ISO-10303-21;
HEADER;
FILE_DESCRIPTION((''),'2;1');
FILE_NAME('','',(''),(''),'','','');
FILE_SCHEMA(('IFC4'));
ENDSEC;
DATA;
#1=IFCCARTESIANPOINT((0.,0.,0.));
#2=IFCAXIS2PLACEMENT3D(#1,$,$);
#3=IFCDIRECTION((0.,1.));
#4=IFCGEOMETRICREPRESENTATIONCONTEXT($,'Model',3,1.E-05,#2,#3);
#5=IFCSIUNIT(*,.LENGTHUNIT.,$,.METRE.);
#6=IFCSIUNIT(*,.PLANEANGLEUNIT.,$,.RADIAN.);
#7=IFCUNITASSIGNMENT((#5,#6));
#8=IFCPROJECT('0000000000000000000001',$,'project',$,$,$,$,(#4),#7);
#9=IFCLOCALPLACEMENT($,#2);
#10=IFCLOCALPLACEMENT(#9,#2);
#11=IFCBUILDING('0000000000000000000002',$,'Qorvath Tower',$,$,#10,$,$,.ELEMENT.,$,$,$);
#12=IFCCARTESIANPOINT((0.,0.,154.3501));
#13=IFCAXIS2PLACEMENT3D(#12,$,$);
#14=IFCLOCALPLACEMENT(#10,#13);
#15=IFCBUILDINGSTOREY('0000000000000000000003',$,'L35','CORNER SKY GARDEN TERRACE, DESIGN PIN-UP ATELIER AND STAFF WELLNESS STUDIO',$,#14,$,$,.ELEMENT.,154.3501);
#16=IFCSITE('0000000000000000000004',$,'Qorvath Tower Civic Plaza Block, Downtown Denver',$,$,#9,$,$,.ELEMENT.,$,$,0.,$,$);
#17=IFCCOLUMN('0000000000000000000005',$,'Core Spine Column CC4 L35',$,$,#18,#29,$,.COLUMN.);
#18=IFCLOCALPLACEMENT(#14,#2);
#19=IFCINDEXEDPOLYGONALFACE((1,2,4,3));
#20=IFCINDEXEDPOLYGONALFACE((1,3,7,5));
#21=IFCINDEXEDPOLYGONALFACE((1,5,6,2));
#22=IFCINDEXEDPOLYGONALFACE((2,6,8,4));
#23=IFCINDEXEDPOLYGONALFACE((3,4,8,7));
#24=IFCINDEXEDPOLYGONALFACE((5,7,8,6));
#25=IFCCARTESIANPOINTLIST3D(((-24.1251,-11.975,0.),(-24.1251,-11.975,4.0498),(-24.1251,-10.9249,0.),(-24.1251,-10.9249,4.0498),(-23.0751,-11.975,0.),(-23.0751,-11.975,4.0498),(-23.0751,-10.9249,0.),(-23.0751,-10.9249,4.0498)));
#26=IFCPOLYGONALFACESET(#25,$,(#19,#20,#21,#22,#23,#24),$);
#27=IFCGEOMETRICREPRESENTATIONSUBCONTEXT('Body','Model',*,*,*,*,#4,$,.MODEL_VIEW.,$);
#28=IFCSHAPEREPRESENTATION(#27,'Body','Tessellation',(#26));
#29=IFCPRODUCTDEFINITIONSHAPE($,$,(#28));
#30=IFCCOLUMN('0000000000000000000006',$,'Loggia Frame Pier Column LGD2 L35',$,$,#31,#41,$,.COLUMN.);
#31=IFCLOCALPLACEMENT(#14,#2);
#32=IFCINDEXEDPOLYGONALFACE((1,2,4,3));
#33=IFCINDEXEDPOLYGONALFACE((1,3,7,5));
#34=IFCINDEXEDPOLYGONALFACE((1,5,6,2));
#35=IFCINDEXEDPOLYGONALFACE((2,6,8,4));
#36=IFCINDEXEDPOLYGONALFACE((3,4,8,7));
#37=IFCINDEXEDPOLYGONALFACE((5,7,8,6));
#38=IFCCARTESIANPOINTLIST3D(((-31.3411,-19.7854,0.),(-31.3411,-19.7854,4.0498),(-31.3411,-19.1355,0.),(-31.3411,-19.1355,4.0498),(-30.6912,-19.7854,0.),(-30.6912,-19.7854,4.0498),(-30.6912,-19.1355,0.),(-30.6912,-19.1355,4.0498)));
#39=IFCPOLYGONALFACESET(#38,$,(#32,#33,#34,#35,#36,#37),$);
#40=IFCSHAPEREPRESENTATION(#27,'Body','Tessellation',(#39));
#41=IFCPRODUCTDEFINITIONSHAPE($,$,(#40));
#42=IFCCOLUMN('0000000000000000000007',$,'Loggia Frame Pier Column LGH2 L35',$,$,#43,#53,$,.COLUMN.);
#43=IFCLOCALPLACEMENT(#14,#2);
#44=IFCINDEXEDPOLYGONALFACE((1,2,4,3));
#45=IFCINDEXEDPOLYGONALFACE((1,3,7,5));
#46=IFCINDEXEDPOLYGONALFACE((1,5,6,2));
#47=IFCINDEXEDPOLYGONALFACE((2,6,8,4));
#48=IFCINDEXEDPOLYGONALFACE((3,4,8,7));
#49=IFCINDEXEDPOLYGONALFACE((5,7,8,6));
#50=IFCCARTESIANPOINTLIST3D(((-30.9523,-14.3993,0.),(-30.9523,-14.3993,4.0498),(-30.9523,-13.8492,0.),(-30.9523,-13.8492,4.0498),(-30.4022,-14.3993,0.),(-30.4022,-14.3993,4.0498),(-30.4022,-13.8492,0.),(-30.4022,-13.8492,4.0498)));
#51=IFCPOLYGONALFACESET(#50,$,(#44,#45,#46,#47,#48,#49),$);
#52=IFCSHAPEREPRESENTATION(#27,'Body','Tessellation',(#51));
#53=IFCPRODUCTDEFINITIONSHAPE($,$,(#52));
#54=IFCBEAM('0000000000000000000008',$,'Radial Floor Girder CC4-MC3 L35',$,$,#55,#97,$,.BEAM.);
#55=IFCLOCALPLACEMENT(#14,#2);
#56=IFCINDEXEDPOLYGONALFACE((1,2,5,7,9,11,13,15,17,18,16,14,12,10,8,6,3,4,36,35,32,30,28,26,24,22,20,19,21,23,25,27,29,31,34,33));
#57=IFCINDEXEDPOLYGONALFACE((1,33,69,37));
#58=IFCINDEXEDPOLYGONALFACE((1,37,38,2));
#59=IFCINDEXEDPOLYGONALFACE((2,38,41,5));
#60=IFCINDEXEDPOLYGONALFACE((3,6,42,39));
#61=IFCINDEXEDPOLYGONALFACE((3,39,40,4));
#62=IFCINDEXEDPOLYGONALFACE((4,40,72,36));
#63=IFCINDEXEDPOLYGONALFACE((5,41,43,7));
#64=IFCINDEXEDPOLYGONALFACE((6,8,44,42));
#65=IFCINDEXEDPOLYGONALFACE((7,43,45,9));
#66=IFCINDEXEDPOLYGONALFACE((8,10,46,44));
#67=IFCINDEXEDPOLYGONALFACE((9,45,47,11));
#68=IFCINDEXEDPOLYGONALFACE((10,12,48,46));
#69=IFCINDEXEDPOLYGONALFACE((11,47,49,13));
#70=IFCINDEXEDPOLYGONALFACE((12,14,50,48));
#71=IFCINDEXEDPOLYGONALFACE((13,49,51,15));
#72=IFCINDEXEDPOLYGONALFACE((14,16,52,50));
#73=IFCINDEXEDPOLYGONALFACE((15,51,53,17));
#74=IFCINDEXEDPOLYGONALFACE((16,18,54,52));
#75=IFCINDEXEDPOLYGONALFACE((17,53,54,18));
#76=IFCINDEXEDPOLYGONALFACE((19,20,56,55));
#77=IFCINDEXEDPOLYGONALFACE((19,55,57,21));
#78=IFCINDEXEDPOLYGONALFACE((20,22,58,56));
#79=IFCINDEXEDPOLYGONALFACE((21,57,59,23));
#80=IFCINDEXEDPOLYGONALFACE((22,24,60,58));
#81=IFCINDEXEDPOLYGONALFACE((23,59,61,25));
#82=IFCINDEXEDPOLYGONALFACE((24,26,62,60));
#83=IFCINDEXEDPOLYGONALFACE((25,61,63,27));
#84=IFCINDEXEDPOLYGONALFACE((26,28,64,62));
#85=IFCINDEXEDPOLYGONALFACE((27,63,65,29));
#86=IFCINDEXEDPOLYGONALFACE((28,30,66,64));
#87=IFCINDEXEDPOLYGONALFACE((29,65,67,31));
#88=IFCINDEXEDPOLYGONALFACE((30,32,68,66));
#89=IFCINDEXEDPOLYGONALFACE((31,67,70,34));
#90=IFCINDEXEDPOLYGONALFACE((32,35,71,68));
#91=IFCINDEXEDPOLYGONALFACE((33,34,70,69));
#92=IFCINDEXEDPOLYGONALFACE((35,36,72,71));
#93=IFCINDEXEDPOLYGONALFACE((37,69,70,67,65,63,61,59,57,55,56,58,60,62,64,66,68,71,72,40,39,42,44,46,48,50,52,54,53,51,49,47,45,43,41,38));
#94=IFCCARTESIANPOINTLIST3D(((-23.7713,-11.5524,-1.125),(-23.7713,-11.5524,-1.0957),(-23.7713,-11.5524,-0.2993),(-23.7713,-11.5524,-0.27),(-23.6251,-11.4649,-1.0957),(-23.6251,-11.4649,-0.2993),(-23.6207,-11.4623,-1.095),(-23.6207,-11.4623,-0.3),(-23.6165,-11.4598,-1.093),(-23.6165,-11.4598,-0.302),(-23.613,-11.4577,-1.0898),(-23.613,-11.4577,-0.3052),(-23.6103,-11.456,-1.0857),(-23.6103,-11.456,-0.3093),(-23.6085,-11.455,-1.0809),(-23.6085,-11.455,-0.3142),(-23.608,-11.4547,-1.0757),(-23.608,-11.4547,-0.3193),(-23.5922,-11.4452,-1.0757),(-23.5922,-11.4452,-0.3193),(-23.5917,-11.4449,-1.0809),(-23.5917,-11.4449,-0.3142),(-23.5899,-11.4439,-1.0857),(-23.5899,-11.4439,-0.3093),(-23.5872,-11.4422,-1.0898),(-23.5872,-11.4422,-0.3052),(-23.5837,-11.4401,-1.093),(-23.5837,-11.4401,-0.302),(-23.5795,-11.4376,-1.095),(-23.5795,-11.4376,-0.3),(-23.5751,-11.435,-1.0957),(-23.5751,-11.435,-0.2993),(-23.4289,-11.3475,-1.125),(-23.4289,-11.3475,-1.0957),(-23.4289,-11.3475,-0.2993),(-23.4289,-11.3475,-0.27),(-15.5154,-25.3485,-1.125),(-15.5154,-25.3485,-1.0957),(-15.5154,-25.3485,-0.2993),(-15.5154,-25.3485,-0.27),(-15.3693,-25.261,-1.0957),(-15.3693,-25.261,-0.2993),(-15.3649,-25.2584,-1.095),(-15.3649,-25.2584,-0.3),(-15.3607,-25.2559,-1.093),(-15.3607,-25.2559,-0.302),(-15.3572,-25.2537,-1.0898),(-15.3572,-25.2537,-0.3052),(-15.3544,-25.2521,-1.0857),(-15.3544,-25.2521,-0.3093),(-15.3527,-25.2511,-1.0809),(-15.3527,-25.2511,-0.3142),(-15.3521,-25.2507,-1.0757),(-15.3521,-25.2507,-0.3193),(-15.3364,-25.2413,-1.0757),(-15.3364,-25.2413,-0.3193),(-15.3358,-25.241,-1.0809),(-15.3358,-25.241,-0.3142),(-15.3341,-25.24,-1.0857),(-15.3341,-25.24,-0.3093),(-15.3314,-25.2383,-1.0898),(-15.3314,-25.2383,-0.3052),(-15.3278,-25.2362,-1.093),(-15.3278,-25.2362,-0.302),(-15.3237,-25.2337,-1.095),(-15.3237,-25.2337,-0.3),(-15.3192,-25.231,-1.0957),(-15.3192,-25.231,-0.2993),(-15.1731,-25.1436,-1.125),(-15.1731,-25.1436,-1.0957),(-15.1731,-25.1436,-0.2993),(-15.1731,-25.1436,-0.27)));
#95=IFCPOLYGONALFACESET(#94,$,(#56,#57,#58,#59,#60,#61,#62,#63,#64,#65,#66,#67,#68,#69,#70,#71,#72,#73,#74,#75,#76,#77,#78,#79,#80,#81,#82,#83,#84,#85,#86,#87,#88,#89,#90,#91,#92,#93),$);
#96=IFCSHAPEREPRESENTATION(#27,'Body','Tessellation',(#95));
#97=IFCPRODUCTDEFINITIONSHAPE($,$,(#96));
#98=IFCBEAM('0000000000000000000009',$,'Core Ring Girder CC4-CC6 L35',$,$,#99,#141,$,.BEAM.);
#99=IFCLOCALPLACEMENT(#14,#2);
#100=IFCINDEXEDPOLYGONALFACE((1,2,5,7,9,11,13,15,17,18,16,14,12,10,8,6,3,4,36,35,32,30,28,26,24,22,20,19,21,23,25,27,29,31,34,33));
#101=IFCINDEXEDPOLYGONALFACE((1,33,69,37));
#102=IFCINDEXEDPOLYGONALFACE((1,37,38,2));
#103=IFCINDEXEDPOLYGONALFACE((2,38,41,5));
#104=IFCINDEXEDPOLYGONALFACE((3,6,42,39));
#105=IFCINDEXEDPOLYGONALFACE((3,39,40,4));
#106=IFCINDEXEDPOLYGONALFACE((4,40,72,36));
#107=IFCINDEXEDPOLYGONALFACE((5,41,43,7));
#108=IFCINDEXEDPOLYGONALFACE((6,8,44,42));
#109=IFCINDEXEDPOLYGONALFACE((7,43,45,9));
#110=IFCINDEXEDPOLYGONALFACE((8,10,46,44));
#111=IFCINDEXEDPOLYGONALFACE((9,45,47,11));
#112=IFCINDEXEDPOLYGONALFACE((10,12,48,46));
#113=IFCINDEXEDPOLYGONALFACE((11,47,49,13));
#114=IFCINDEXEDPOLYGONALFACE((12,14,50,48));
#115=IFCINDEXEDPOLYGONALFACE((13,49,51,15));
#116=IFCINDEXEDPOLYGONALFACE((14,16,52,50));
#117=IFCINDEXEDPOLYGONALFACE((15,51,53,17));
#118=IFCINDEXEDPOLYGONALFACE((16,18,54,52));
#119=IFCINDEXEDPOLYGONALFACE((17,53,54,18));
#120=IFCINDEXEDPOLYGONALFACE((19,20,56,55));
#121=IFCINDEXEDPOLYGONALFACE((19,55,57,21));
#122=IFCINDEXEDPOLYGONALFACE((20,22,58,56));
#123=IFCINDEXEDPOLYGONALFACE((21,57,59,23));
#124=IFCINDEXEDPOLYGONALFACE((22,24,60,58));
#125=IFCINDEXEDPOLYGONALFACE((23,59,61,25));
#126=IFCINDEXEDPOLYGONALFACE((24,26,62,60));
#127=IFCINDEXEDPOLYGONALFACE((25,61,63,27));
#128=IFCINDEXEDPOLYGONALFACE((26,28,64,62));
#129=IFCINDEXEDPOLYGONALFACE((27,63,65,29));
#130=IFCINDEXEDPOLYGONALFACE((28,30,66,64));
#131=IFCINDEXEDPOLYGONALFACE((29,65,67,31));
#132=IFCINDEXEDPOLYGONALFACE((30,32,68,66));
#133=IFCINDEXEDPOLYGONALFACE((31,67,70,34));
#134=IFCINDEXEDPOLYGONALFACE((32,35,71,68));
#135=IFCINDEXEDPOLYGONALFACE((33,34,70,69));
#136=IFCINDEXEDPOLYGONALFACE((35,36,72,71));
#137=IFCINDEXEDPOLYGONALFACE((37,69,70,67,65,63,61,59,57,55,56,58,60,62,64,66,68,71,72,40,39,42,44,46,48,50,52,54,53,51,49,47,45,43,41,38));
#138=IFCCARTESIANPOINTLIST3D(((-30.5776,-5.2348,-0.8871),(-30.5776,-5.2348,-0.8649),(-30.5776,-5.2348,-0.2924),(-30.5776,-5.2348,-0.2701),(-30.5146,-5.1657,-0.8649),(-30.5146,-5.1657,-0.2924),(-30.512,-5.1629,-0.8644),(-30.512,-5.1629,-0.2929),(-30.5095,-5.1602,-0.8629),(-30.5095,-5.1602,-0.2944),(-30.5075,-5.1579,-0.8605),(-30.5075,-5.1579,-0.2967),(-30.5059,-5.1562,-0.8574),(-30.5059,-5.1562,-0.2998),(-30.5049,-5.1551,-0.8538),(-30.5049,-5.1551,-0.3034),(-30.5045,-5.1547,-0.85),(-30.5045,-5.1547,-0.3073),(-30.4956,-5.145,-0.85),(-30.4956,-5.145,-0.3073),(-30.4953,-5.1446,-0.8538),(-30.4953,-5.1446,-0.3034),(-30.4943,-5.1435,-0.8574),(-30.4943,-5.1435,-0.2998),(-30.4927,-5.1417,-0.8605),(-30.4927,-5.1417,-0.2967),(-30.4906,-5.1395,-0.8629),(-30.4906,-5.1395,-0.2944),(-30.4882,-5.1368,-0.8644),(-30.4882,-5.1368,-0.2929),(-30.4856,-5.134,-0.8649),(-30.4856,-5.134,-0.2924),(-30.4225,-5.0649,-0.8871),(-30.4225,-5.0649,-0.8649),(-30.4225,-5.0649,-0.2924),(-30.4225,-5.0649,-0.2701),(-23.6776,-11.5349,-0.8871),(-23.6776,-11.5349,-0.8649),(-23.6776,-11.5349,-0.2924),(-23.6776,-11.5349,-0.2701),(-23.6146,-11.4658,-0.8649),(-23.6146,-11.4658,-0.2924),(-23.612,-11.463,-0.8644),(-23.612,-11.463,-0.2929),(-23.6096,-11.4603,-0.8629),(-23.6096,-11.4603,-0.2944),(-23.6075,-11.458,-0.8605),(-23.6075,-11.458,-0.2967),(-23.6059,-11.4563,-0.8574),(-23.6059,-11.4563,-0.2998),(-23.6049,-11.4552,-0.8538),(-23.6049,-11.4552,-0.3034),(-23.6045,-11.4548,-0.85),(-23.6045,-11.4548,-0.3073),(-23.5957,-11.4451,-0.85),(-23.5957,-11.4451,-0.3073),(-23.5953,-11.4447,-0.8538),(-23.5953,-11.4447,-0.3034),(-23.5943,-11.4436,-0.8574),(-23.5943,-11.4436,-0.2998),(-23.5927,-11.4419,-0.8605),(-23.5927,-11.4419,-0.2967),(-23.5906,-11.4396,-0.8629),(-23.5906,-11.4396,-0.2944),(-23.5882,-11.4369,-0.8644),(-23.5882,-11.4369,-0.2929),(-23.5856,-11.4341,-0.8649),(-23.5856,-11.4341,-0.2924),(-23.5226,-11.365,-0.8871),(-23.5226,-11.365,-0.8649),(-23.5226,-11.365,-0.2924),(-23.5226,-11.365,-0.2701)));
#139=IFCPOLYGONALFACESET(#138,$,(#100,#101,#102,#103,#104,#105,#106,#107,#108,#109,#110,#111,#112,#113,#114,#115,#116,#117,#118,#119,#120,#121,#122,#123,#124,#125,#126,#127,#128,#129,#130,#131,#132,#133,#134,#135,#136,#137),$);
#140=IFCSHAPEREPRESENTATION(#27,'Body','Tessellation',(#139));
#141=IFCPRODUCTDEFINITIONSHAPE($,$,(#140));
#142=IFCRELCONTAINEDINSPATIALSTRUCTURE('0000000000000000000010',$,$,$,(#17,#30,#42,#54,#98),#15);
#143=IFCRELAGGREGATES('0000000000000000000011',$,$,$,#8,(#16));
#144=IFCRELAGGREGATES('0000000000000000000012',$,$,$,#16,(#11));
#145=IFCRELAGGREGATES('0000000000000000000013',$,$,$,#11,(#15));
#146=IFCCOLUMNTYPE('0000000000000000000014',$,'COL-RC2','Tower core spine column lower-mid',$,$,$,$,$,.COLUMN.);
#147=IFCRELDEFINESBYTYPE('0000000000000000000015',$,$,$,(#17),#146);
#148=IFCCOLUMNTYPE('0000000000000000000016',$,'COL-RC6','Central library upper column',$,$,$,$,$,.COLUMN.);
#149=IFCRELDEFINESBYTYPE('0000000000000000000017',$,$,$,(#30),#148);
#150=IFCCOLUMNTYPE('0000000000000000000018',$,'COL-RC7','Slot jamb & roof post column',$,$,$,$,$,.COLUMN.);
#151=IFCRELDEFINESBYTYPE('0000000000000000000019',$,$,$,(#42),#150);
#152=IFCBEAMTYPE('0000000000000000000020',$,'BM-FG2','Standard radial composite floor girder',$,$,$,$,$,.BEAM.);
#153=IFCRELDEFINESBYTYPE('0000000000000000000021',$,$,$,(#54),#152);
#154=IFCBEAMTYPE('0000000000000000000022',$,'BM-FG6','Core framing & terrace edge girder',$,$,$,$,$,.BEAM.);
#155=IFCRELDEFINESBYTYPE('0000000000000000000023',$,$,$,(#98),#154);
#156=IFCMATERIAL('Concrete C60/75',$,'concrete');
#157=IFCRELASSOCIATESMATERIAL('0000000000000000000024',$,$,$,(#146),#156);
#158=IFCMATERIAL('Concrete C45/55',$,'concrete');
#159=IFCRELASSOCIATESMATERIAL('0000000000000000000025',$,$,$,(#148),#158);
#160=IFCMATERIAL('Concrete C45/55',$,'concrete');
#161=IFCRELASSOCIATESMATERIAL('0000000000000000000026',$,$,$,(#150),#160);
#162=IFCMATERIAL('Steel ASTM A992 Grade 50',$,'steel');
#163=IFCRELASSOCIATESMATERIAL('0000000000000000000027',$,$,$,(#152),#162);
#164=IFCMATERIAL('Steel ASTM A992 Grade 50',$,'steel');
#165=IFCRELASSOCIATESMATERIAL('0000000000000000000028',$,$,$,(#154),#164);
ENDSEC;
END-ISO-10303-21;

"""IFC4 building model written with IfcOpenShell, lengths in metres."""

from ifc_helpers import new_model, si_unit, direction, frame, origin, origin_2d, place, context, subcontext, project, spatial, rectangle, i_section, extrude, material, material_profile, profile_set, type_object, element, save


model = new_model("IFC4")

# Units and contexts
model_context = context("Model", 3, precision=1e-05, world=origin(), true_north=direction((0.0, 1.0)))
body_context = subcontext(model_context, "Body", "Model", "MODEL_VIEW")
ifc_project = project(units=[si_unit("LENGTHUNIT", "METRE"), si_unit("PLANEANGLEUNIT", "RADIAN")], contexts=[model_context])

# Site, building, storey
site_placement = place(None, origin())
site = spatial("IfcSite", under=ifc_project, at=site_placement, Name="Qorvath Tower Civic Plaza Block, Downtown Denver", CompositionType="ELEMENT", RefElevation=0.0)
building_placement = place(site_placement, origin())
building = spatial("IfcBuilding", under=site, at=building_placement, Name="Qorvath Tower", CompositionType="ELEMENT")
storey_placement = place(building_placement, frame((0.0, 0.0, 154.3501)))
storey = spatial("IfcBuildingStorey", under=building, at=storey_placement, Name="L35", Description="CORNER SKY GARDEN TERRACE, DESIGN PIN-UP ATELIER AND STAFF WELLNESS STUDIO", CompositionType="ELEMENT", Elevation=154.3501)

# Columns
ifc_material_1 = material(Name="Concrete C60/75", Category="concrete")
ifc_material_profile_1 = material_profile(ifc_material_1, rectangle(XDim=1.05, YDim=1.05, at=origin_2d()), Name="RC 1050x1050")
ifc_profile_set_1 = profile_set([ifc_material_profile_1], Name="Concrete C60/75")
column_type_1 = type_object("IfcColumnType", Name="COL-RC2", Description="Tower core spine column lower-mid", PredefinedType="COLUMN", material=ifc_profile_set_1)
column_1_placement = place(storey_placement, frame((-23.6001, -11.45, 0.0), z_axis=(0.0, 0.0, 1.0), x_axis=(1.0, 0.0, 0.0)))
element("IfcColumn", 1, at=column_1_placement, inside=storey, type_object=column_type_1, Name="Core Spine Column CC4 L35", PredefinedType="COLUMN", context=body_context, shape_type="SweptSolid", body=[
    extrude(rectangle(XDim=1.05, YDim=1.05, at=origin_2d()), origin(), (0.0, 0.0, 1.0), 4.0498),
])
ifc_material_2 = material(Name="Concrete C45/55", Category="concrete")
ifc_material_profile_2 = material_profile(ifc_material_2, rectangle(XDim=0.6499, YDim=0.6499, at=origin_2d()), Name="RC 650x650")
ifc_profile_set_2 = profile_set([ifc_material_profile_2], Name="Concrete C45/55")
column_type_2 = type_object("IfcColumnType", Name="COL-RC6", Description="Central library upper column", PredefinedType="COLUMN", material=ifc_profile_set_2)
column_2_placement = place(storey_placement, frame((-31.0161, -19.4604, 0.0), z_axis=(0.0, 0.0, 1.0), x_axis=(1.0, 0.0, 0.0)))
element("IfcColumn", 2, at=column_2_placement, inside=storey, type_object=column_type_2, Name="Loggia Frame Pier Column LGD2 L35", PredefinedType="COLUMN", context=body_context, shape_type="SweptSolid", body=[
    extrude(rectangle(XDim=0.6499, YDim=0.6499, at=origin_2d()), origin(), (0.0, 0.0, 1.0), 4.0498),
])
ifc_material_3 = material(Name="Concrete C45/55", Category="concrete")
ifc_material_profile_3 = material_profile(ifc_material_3, rectangle(XDim=0.55, YDim=0.55, at=origin_2d()), Name="RC 550x550")
ifc_profile_set_3 = profile_set([ifc_material_profile_3], Name="Concrete C45/55")
column_type_3 = type_object("IfcColumnType", Name="COL-RC7", Description="Slot jamb & roof post column", PredefinedType="COLUMN", material=ifc_profile_set_3)
column_3_placement = place(storey_placement, frame((-30.6772, -14.1243, 0.0), z_axis=(0.0, 0.0, 1.0), x_axis=(1.0, 0.0, 0.0)))
element("IfcColumn", 3, at=column_3_placement, inside=storey, type_object=column_type_3, Name="Loggia Frame Pier Column LGH2 L35", PredefinedType="COLUMN", context=body_context, shape_type="SweptSolid", body=[
    extrude(rectangle(XDim=0.55, YDim=0.55, at=origin_2d()), origin(), (0.0, 0.0, 1.0), 4.0498),
])

# Beams
ifc_material_4 = material(Name="Steel ASTM A992 Grade 50", Category="steel")
ifc_material_profile_4 = material_profile(ifc_material_4, i_section(OverallWidth=0.3989, OverallDepth=0.855, WebThickness=0.0183, FlangeThickness=0.0293, FilletRadius=0.02, at=origin_2d()), Name="W33x201")
ifc_profile_set_4 = profile_set([ifc_material_profile_4], Name="Steel ASTM A992 Grade 50")
beam_type_1 = type_object("IfcBeamType", Name="BM-FG2", Description="Standard radial composite floor girder", PredefinedType="BEAM", material=ifc_profile_set_4)
beam_1_placement = place(storey_placement, frame((-23.6001, -11.45, -0.6975), z_axis=(0.513497, -0.858091, 0.0), x_axis=(0.858091, 0.513497, 0.0)))
element("IfcBeam", 4, at=beam_1_placement, inside=storey, type_object=beam_type_1, Name="Radial Floor Girder CC4-MC3 L35", PredefinedType="BEAM", context=body_context, shape_type="SweptSolid", body=[
    extrude(i_section(OverallWidth=0.3989, OverallDepth=0.855, WebThickness=0.0183, FlangeThickness=0.0293, FilletRadius=0.02, at=origin_2d()), origin(), (0.0, 0.0, 1.0), 16.0776),
])
ifc_material_5 = material(Name="Steel ASTM A992 Grade 50", Category="steel")
ifc_material_profile_5 = material_profile(ifc_material_5, i_section(OverallWidth=0.23, OverallDepth=0.6169, WebThickness=0.0132, FlangeThickness=0.0222, FilletRadius=0.0149, at=origin_2d()), Name="W24x94")
ifc_profile_set_5 = profile_set([ifc_material_profile_5], Name="Steel ASTM A992 Grade 50")
beam_type_2 = type_object("IfcBeamType", Name="BM-FG6", Description="Core framing & terrace edge girder", PredefinedType="BEAM", material=ifc_profile_set_5)
beam_2_placement = place(storey_placement, frame((-23.6001, -11.45, -0.5786), z_axis=(-0.738478, 0.674277, 0.0), x_axis=(-0.674277, -0.738478, 0.0)))
element("IfcBeam", 5, at=beam_2_placement, inside=storey, type_object=beam_type_2, Name="Core Ring Girder CC4-CC6 L35", PredefinedType="BEAM", context=body_context, shape_type="SweptSolid", body=[
    extrude(i_section(OverallWidth=0.23, OverallDepth=0.6169, WebThickness=0.0132, FlangeThickness=0.0222, FilletRadius=0.0149, at=origin_2d()), origin(), (0.0, 0.0, 1.0), 9.3435),
])

save(model, "model.ifc")
